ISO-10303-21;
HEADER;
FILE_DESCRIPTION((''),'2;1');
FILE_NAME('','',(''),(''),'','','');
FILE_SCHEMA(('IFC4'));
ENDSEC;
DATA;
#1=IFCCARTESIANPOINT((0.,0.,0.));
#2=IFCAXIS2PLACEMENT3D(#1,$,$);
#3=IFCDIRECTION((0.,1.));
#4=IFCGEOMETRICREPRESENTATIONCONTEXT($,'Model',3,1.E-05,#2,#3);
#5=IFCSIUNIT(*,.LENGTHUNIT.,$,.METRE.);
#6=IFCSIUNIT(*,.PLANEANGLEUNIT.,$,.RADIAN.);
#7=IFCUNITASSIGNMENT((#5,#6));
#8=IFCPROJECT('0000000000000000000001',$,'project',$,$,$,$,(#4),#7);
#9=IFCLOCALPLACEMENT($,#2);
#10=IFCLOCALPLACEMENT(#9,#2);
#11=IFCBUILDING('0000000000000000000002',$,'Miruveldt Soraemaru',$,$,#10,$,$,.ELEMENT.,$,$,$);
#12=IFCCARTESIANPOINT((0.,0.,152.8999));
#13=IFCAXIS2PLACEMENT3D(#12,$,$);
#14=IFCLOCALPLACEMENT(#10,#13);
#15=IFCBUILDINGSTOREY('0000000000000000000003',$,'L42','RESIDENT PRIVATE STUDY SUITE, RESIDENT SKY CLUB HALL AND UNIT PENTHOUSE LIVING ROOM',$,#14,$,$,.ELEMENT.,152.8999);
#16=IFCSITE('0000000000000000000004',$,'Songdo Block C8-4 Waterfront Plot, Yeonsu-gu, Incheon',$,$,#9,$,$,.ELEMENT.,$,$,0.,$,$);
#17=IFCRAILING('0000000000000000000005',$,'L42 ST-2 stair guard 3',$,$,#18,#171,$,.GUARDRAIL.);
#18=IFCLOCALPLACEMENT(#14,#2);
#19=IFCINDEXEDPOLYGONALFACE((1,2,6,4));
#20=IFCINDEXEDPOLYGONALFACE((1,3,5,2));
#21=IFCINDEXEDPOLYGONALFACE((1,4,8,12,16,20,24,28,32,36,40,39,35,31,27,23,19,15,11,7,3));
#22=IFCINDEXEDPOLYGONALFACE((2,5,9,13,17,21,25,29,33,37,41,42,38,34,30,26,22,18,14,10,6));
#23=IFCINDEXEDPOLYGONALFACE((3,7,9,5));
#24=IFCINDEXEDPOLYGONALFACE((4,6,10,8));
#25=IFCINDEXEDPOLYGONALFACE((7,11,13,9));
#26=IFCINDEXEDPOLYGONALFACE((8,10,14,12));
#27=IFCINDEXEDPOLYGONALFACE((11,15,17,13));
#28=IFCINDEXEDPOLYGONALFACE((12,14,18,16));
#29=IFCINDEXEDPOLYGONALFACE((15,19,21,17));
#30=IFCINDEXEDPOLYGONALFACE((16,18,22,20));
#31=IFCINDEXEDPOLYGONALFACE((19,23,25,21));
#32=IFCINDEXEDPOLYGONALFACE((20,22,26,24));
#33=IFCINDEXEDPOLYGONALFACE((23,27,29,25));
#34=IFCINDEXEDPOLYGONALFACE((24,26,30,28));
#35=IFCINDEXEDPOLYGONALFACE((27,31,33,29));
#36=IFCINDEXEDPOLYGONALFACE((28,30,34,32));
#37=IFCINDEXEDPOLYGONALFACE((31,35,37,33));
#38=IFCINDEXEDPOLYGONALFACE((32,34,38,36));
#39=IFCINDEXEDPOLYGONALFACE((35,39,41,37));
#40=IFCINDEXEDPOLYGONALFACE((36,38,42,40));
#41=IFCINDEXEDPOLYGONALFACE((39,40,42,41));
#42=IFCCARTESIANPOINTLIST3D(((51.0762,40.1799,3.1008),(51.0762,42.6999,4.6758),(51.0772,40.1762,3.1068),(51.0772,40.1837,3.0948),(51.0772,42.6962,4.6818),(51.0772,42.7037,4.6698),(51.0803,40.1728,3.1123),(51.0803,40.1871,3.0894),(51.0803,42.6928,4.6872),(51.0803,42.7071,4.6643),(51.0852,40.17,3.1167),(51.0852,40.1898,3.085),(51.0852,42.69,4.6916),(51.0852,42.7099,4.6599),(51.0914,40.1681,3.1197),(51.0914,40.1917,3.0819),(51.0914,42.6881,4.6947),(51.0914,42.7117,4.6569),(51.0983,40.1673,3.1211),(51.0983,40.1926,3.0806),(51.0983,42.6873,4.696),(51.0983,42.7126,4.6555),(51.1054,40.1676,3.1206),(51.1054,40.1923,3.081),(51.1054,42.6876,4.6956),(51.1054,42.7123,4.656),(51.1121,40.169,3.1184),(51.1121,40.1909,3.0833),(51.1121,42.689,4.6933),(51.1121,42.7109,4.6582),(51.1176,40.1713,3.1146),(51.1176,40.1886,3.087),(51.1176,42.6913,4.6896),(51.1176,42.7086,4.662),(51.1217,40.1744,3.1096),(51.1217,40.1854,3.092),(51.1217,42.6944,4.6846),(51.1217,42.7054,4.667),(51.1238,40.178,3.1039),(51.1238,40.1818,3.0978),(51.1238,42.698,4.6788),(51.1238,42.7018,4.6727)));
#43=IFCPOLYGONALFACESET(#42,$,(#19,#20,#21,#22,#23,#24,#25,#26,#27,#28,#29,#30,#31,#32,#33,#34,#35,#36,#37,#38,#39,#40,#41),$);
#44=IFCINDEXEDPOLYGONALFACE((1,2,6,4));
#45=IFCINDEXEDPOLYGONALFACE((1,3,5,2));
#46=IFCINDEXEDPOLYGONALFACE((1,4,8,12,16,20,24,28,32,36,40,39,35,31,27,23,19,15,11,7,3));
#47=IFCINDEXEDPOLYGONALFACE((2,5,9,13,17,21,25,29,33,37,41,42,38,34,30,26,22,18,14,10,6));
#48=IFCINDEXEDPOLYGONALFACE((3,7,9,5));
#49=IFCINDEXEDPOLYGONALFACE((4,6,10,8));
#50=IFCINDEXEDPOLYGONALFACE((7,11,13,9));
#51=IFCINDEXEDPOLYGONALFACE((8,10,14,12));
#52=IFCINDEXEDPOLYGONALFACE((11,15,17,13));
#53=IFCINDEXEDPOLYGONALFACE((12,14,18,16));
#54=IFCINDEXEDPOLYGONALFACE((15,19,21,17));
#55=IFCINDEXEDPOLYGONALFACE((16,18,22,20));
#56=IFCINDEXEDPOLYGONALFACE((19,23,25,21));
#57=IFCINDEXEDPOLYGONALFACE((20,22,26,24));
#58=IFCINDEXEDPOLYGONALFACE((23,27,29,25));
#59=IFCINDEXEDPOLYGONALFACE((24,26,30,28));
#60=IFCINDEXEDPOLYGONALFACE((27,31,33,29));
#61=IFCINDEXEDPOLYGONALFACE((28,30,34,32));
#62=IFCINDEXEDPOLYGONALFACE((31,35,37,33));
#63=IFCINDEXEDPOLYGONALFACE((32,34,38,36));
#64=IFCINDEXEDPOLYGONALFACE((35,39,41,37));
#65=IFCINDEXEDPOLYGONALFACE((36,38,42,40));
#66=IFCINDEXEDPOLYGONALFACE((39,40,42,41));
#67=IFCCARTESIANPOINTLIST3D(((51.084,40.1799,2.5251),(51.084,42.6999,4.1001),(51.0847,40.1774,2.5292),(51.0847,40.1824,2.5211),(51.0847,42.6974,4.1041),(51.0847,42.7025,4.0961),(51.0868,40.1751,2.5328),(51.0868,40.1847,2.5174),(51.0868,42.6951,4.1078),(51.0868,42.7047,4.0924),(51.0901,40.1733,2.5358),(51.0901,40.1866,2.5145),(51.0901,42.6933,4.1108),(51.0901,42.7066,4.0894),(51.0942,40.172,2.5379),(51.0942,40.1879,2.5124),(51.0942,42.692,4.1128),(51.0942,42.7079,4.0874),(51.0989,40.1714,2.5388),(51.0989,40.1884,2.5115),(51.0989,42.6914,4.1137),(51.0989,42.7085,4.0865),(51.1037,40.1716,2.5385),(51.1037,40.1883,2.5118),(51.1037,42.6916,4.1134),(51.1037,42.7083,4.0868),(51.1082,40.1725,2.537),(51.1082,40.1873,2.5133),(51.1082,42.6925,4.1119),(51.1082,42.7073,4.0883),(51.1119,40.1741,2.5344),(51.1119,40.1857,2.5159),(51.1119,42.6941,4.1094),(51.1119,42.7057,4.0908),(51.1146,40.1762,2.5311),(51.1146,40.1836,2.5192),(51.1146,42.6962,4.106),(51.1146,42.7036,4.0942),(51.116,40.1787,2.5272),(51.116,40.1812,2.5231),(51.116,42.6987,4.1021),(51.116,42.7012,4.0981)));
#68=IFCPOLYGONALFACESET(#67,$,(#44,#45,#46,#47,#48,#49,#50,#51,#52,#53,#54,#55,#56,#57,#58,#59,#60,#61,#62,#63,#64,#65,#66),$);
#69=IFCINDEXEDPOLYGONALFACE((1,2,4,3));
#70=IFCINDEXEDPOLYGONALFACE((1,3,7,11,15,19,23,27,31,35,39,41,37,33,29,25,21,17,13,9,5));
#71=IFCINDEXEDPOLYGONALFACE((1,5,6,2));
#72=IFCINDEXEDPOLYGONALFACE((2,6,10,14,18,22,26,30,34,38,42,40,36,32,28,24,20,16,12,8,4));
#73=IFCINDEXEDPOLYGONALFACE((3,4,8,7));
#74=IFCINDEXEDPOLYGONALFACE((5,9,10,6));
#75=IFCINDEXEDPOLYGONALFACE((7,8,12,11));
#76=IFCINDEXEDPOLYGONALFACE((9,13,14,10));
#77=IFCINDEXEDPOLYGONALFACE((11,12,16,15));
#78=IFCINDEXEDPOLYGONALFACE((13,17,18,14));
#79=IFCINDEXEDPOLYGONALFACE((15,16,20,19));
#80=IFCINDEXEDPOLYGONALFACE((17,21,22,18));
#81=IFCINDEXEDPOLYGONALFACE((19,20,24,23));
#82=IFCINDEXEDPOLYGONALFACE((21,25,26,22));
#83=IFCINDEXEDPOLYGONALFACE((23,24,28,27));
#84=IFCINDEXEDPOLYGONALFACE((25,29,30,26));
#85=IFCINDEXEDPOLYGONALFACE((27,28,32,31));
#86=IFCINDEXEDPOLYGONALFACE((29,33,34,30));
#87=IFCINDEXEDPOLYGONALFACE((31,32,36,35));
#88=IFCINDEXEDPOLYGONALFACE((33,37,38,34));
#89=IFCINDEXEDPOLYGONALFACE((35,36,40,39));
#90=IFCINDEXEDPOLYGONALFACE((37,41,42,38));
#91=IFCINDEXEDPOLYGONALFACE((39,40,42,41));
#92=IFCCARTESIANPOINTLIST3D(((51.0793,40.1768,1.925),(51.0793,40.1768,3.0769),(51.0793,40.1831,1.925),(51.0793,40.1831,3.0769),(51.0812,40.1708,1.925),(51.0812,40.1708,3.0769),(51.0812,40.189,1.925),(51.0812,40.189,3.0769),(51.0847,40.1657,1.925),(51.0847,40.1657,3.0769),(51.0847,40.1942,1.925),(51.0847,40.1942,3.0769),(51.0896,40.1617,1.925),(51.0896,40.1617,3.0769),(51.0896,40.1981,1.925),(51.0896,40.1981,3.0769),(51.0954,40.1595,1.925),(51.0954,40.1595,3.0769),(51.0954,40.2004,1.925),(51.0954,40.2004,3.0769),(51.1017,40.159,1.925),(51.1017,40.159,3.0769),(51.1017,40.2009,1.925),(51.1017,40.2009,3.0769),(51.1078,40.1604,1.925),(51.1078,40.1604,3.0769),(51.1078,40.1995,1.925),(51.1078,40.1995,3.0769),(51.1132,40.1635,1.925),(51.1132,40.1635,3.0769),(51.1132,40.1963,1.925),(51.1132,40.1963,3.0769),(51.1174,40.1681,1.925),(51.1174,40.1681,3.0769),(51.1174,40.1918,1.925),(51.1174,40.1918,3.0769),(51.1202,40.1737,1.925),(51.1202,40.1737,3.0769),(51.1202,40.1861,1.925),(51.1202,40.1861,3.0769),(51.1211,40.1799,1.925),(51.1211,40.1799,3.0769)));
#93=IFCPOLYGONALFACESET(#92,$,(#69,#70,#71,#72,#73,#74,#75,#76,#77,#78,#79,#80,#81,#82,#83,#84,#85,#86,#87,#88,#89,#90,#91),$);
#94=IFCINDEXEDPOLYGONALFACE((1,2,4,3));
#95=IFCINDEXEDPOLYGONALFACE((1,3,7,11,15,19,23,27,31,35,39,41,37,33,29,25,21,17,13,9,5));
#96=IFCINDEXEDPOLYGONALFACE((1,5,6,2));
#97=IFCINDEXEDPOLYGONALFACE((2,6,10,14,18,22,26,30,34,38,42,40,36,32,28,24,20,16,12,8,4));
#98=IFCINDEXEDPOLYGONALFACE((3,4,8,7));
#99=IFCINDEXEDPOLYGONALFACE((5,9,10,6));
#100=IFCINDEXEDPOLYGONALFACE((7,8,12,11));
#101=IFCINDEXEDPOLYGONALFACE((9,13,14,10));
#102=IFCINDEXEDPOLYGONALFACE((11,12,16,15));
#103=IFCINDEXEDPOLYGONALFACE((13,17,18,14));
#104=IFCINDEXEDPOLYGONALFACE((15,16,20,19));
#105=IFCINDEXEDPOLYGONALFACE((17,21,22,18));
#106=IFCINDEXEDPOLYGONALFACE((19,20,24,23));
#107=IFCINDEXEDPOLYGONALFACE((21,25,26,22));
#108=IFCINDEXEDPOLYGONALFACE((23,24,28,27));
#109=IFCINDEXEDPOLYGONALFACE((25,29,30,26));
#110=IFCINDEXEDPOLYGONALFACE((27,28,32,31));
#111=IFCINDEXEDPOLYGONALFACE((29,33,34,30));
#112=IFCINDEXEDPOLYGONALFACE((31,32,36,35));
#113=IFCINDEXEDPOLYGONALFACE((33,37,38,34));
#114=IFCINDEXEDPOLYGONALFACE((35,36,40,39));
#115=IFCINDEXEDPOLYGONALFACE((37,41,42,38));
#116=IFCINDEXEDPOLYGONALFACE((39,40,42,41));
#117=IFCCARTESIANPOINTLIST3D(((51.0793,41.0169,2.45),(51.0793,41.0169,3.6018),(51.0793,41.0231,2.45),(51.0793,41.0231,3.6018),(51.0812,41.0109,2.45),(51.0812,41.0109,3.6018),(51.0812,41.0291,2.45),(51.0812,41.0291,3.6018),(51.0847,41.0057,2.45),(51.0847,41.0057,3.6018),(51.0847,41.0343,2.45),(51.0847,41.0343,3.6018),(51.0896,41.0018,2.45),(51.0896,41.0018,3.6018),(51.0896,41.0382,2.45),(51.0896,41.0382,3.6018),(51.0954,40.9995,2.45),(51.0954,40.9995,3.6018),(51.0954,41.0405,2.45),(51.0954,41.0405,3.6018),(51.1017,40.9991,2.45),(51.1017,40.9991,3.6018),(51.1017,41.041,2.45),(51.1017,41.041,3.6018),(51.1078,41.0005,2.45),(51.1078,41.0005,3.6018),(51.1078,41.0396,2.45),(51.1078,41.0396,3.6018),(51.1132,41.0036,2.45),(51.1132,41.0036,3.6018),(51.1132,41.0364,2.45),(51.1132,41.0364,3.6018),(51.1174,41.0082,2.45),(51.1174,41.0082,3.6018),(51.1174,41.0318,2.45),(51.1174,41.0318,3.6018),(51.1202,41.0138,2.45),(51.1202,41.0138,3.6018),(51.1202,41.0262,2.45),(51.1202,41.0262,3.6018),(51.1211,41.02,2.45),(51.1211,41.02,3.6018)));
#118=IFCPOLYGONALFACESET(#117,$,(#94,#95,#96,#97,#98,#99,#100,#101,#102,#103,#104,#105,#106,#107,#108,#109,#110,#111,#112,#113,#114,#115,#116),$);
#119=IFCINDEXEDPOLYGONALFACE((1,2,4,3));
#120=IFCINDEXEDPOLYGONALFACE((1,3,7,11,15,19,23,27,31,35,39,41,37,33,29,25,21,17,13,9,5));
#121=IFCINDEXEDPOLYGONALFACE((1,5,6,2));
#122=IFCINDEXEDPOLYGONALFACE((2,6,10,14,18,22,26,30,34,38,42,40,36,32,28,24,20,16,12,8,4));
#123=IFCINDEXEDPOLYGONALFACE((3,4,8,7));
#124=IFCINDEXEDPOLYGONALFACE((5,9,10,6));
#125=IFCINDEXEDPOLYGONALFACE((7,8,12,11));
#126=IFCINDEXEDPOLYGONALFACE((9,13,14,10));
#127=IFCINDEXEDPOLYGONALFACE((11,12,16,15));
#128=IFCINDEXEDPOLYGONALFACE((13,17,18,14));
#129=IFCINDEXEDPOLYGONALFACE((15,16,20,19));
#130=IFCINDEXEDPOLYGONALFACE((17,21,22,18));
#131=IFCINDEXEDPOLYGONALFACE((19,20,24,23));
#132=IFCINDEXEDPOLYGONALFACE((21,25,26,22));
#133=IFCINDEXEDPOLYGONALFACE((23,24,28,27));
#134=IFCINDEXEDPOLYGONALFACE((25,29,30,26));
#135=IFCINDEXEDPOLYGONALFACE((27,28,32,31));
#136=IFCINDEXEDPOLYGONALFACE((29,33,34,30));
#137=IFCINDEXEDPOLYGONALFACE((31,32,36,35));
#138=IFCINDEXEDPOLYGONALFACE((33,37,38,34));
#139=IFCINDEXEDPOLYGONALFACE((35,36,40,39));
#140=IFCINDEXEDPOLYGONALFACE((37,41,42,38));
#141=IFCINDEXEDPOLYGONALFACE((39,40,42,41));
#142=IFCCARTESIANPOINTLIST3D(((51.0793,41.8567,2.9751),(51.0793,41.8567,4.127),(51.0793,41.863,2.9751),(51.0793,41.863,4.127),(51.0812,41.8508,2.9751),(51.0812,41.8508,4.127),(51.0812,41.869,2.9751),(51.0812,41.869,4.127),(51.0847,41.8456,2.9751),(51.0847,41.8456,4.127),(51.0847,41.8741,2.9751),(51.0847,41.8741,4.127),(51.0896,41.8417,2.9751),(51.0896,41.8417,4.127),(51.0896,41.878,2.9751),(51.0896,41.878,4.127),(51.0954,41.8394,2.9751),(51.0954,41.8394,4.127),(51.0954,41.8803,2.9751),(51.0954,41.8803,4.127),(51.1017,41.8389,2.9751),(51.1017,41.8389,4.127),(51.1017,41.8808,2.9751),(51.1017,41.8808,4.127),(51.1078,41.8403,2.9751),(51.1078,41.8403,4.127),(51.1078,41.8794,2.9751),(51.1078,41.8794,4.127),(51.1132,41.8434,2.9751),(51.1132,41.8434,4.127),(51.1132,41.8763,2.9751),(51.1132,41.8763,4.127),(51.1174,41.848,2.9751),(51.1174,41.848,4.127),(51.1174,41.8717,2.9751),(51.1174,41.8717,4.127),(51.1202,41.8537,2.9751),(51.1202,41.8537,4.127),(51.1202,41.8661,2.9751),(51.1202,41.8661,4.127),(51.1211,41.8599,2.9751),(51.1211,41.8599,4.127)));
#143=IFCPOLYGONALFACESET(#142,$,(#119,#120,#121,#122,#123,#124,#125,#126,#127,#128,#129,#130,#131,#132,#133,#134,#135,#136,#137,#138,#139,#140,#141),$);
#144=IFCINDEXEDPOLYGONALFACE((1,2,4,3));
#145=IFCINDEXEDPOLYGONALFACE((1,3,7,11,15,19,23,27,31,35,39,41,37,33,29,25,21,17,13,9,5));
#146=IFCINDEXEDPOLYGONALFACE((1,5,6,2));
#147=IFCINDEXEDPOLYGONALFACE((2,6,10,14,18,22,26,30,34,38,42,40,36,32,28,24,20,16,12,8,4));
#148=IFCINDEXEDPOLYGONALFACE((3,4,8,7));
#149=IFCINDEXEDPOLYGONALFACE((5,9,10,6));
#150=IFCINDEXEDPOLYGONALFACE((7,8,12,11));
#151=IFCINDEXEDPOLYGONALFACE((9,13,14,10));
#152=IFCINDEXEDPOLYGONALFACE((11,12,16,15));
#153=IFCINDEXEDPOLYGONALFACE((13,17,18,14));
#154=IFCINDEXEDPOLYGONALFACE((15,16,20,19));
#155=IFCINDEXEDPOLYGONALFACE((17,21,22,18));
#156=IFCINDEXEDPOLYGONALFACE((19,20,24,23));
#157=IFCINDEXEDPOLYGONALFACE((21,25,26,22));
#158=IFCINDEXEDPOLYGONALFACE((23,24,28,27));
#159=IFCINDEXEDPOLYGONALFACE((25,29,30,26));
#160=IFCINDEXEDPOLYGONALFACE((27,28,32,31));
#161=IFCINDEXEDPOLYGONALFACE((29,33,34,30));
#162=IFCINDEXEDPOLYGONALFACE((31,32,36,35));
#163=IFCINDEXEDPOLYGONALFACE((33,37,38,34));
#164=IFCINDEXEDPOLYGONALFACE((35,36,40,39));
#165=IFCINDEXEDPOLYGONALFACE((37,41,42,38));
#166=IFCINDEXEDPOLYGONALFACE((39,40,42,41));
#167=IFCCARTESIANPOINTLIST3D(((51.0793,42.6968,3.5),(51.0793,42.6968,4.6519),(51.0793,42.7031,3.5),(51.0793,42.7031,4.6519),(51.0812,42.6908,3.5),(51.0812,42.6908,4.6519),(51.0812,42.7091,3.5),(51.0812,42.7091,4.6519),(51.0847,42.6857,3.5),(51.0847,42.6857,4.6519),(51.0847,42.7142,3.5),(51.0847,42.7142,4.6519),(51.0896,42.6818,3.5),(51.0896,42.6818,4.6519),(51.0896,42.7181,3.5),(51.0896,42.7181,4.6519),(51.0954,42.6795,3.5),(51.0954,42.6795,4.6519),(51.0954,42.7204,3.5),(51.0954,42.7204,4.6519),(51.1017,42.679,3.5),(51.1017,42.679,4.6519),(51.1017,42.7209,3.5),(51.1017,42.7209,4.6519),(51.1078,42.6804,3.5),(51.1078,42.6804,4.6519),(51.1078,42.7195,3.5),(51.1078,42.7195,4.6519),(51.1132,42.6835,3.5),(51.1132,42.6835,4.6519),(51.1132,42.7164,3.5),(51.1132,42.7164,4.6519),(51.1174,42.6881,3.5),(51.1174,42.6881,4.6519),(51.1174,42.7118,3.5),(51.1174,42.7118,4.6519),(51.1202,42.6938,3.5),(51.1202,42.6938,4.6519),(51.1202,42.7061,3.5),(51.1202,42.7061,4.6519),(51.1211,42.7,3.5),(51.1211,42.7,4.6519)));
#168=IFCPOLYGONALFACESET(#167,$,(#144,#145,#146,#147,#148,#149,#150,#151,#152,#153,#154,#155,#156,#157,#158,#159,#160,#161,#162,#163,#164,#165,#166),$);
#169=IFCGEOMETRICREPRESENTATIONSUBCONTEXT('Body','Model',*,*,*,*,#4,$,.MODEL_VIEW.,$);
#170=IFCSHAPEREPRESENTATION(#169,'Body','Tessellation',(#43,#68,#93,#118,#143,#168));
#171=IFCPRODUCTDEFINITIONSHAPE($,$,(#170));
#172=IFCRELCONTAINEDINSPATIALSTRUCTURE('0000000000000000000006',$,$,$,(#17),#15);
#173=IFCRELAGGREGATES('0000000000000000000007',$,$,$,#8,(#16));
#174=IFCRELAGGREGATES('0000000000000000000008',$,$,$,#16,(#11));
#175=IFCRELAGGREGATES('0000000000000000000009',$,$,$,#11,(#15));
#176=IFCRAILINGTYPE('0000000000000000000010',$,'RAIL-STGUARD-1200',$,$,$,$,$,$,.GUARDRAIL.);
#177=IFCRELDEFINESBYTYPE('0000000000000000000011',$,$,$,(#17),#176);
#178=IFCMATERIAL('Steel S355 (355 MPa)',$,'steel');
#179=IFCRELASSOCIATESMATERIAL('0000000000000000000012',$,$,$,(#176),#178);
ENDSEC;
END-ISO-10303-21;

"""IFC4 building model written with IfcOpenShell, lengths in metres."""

from ifc_helpers import new_model, si_unit, direction, frame, origin, origin_2d, place, context, subcontext, project, spatial, circle, extrude, material, type_object, element, save


model = new_model("IFC4")

# Units and contexts
model_context = context("Model", 3, precision=1e-05, world=origin(), true_north=direction((0.0, 1.0)))
body_context = subcontext(model_context, "Body", "Model", "MODEL_VIEW")
ifc_project = project(units=[si_unit("LENGTHUNIT", "METRE"), si_unit("PLANEANGLEUNIT", "RADIAN")], contexts=[model_context])

# Site, building, storey
site_placement = place(None, origin())
site = spatial("IfcSite", under=ifc_project, at=site_placement, Name="Songdo Block C8-4 Waterfront Plot, Yeonsu-gu, Incheon", CompositionType="ELEMENT", RefElevation=0.0)
building_placement = place(site_placement, origin())
building = spatial("IfcBuilding", under=site, at=building_placement, Name="Miruveldt Soraemaru", CompositionType="ELEMENT")
storey_placement = place(building_placement, frame((0.0, 0.0, 152.8999)))
storey = spatial("IfcBuildingStorey", under=building, at=storey_placement, Name="L42", Description="RESIDENT PRIVATE STUDY SUITE, RESIDENT SKY CLUB HALL AND UNIT PENTHOUSE LIVING ROOM", CompositionType="ELEMENT", Elevation=152.8999)

# Railing
ifc_material_1 = material(Name="Steel S355 (355 MPa)", Category="steel")
railing_type_1 = type_object("IfcRailingType", Name="RAIL-STGUARD-1200", PredefinedType="GUARDRAIL", material=ifc_material_1)
railing_1_placement = place(storey_placement, frame((51.1001, 40.1799, 1.925)))
element("IfcRailing", 1, at=railing_1_placement, inside=storey, type_object=railing_type_1, Name="L42 ST-2 stair guard 3", PredefinedType="GUARDRAIL", context=body_context, shape_type="SweptSolid", body=[
    extrude(circle(Radius=0.0239, at=origin_2d()), frame((0.0, 0.0, 1.1758), z_axis=(0.0, 0.848008, 0.529984), x_axis=(-1.0, 0.0, 0.0)), (0.0, 0.0, 1.0), 2.9717),
    extrude(circle(Radius=0.0161, at=origin_2d()), frame((0.0, 0.0, 0.6001), z_axis=(0.0, 0.848008, 0.529984), x_axis=(-1.0, 0.0, 0.0)), (0.0, 0.0, 1.0), 2.9717),
    extrude(circle(Radius=0.021, at=origin_2d()), origin(), (0.0, 0.0, 1.0), 1.1519),
    extrude(circle(Radius=0.021, at=origin_2d()), frame((0.0, 0.8401, 0.5249)), (0.0, 0.0, 1.0), 1.1519),
    extrude(circle(Radius=0.021, at=origin_2d()), frame((0.0, 1.6799, 1.05)), (0.0, 0.0, 1.0), 1.1519),
    extrude(circle(Radius=0.021, at=origin_2d()), frame((0.0, 2.52, 1.575)), (0.0, 0.0, 1.0), 1.1519),
])

save(model, "model.ifc")
